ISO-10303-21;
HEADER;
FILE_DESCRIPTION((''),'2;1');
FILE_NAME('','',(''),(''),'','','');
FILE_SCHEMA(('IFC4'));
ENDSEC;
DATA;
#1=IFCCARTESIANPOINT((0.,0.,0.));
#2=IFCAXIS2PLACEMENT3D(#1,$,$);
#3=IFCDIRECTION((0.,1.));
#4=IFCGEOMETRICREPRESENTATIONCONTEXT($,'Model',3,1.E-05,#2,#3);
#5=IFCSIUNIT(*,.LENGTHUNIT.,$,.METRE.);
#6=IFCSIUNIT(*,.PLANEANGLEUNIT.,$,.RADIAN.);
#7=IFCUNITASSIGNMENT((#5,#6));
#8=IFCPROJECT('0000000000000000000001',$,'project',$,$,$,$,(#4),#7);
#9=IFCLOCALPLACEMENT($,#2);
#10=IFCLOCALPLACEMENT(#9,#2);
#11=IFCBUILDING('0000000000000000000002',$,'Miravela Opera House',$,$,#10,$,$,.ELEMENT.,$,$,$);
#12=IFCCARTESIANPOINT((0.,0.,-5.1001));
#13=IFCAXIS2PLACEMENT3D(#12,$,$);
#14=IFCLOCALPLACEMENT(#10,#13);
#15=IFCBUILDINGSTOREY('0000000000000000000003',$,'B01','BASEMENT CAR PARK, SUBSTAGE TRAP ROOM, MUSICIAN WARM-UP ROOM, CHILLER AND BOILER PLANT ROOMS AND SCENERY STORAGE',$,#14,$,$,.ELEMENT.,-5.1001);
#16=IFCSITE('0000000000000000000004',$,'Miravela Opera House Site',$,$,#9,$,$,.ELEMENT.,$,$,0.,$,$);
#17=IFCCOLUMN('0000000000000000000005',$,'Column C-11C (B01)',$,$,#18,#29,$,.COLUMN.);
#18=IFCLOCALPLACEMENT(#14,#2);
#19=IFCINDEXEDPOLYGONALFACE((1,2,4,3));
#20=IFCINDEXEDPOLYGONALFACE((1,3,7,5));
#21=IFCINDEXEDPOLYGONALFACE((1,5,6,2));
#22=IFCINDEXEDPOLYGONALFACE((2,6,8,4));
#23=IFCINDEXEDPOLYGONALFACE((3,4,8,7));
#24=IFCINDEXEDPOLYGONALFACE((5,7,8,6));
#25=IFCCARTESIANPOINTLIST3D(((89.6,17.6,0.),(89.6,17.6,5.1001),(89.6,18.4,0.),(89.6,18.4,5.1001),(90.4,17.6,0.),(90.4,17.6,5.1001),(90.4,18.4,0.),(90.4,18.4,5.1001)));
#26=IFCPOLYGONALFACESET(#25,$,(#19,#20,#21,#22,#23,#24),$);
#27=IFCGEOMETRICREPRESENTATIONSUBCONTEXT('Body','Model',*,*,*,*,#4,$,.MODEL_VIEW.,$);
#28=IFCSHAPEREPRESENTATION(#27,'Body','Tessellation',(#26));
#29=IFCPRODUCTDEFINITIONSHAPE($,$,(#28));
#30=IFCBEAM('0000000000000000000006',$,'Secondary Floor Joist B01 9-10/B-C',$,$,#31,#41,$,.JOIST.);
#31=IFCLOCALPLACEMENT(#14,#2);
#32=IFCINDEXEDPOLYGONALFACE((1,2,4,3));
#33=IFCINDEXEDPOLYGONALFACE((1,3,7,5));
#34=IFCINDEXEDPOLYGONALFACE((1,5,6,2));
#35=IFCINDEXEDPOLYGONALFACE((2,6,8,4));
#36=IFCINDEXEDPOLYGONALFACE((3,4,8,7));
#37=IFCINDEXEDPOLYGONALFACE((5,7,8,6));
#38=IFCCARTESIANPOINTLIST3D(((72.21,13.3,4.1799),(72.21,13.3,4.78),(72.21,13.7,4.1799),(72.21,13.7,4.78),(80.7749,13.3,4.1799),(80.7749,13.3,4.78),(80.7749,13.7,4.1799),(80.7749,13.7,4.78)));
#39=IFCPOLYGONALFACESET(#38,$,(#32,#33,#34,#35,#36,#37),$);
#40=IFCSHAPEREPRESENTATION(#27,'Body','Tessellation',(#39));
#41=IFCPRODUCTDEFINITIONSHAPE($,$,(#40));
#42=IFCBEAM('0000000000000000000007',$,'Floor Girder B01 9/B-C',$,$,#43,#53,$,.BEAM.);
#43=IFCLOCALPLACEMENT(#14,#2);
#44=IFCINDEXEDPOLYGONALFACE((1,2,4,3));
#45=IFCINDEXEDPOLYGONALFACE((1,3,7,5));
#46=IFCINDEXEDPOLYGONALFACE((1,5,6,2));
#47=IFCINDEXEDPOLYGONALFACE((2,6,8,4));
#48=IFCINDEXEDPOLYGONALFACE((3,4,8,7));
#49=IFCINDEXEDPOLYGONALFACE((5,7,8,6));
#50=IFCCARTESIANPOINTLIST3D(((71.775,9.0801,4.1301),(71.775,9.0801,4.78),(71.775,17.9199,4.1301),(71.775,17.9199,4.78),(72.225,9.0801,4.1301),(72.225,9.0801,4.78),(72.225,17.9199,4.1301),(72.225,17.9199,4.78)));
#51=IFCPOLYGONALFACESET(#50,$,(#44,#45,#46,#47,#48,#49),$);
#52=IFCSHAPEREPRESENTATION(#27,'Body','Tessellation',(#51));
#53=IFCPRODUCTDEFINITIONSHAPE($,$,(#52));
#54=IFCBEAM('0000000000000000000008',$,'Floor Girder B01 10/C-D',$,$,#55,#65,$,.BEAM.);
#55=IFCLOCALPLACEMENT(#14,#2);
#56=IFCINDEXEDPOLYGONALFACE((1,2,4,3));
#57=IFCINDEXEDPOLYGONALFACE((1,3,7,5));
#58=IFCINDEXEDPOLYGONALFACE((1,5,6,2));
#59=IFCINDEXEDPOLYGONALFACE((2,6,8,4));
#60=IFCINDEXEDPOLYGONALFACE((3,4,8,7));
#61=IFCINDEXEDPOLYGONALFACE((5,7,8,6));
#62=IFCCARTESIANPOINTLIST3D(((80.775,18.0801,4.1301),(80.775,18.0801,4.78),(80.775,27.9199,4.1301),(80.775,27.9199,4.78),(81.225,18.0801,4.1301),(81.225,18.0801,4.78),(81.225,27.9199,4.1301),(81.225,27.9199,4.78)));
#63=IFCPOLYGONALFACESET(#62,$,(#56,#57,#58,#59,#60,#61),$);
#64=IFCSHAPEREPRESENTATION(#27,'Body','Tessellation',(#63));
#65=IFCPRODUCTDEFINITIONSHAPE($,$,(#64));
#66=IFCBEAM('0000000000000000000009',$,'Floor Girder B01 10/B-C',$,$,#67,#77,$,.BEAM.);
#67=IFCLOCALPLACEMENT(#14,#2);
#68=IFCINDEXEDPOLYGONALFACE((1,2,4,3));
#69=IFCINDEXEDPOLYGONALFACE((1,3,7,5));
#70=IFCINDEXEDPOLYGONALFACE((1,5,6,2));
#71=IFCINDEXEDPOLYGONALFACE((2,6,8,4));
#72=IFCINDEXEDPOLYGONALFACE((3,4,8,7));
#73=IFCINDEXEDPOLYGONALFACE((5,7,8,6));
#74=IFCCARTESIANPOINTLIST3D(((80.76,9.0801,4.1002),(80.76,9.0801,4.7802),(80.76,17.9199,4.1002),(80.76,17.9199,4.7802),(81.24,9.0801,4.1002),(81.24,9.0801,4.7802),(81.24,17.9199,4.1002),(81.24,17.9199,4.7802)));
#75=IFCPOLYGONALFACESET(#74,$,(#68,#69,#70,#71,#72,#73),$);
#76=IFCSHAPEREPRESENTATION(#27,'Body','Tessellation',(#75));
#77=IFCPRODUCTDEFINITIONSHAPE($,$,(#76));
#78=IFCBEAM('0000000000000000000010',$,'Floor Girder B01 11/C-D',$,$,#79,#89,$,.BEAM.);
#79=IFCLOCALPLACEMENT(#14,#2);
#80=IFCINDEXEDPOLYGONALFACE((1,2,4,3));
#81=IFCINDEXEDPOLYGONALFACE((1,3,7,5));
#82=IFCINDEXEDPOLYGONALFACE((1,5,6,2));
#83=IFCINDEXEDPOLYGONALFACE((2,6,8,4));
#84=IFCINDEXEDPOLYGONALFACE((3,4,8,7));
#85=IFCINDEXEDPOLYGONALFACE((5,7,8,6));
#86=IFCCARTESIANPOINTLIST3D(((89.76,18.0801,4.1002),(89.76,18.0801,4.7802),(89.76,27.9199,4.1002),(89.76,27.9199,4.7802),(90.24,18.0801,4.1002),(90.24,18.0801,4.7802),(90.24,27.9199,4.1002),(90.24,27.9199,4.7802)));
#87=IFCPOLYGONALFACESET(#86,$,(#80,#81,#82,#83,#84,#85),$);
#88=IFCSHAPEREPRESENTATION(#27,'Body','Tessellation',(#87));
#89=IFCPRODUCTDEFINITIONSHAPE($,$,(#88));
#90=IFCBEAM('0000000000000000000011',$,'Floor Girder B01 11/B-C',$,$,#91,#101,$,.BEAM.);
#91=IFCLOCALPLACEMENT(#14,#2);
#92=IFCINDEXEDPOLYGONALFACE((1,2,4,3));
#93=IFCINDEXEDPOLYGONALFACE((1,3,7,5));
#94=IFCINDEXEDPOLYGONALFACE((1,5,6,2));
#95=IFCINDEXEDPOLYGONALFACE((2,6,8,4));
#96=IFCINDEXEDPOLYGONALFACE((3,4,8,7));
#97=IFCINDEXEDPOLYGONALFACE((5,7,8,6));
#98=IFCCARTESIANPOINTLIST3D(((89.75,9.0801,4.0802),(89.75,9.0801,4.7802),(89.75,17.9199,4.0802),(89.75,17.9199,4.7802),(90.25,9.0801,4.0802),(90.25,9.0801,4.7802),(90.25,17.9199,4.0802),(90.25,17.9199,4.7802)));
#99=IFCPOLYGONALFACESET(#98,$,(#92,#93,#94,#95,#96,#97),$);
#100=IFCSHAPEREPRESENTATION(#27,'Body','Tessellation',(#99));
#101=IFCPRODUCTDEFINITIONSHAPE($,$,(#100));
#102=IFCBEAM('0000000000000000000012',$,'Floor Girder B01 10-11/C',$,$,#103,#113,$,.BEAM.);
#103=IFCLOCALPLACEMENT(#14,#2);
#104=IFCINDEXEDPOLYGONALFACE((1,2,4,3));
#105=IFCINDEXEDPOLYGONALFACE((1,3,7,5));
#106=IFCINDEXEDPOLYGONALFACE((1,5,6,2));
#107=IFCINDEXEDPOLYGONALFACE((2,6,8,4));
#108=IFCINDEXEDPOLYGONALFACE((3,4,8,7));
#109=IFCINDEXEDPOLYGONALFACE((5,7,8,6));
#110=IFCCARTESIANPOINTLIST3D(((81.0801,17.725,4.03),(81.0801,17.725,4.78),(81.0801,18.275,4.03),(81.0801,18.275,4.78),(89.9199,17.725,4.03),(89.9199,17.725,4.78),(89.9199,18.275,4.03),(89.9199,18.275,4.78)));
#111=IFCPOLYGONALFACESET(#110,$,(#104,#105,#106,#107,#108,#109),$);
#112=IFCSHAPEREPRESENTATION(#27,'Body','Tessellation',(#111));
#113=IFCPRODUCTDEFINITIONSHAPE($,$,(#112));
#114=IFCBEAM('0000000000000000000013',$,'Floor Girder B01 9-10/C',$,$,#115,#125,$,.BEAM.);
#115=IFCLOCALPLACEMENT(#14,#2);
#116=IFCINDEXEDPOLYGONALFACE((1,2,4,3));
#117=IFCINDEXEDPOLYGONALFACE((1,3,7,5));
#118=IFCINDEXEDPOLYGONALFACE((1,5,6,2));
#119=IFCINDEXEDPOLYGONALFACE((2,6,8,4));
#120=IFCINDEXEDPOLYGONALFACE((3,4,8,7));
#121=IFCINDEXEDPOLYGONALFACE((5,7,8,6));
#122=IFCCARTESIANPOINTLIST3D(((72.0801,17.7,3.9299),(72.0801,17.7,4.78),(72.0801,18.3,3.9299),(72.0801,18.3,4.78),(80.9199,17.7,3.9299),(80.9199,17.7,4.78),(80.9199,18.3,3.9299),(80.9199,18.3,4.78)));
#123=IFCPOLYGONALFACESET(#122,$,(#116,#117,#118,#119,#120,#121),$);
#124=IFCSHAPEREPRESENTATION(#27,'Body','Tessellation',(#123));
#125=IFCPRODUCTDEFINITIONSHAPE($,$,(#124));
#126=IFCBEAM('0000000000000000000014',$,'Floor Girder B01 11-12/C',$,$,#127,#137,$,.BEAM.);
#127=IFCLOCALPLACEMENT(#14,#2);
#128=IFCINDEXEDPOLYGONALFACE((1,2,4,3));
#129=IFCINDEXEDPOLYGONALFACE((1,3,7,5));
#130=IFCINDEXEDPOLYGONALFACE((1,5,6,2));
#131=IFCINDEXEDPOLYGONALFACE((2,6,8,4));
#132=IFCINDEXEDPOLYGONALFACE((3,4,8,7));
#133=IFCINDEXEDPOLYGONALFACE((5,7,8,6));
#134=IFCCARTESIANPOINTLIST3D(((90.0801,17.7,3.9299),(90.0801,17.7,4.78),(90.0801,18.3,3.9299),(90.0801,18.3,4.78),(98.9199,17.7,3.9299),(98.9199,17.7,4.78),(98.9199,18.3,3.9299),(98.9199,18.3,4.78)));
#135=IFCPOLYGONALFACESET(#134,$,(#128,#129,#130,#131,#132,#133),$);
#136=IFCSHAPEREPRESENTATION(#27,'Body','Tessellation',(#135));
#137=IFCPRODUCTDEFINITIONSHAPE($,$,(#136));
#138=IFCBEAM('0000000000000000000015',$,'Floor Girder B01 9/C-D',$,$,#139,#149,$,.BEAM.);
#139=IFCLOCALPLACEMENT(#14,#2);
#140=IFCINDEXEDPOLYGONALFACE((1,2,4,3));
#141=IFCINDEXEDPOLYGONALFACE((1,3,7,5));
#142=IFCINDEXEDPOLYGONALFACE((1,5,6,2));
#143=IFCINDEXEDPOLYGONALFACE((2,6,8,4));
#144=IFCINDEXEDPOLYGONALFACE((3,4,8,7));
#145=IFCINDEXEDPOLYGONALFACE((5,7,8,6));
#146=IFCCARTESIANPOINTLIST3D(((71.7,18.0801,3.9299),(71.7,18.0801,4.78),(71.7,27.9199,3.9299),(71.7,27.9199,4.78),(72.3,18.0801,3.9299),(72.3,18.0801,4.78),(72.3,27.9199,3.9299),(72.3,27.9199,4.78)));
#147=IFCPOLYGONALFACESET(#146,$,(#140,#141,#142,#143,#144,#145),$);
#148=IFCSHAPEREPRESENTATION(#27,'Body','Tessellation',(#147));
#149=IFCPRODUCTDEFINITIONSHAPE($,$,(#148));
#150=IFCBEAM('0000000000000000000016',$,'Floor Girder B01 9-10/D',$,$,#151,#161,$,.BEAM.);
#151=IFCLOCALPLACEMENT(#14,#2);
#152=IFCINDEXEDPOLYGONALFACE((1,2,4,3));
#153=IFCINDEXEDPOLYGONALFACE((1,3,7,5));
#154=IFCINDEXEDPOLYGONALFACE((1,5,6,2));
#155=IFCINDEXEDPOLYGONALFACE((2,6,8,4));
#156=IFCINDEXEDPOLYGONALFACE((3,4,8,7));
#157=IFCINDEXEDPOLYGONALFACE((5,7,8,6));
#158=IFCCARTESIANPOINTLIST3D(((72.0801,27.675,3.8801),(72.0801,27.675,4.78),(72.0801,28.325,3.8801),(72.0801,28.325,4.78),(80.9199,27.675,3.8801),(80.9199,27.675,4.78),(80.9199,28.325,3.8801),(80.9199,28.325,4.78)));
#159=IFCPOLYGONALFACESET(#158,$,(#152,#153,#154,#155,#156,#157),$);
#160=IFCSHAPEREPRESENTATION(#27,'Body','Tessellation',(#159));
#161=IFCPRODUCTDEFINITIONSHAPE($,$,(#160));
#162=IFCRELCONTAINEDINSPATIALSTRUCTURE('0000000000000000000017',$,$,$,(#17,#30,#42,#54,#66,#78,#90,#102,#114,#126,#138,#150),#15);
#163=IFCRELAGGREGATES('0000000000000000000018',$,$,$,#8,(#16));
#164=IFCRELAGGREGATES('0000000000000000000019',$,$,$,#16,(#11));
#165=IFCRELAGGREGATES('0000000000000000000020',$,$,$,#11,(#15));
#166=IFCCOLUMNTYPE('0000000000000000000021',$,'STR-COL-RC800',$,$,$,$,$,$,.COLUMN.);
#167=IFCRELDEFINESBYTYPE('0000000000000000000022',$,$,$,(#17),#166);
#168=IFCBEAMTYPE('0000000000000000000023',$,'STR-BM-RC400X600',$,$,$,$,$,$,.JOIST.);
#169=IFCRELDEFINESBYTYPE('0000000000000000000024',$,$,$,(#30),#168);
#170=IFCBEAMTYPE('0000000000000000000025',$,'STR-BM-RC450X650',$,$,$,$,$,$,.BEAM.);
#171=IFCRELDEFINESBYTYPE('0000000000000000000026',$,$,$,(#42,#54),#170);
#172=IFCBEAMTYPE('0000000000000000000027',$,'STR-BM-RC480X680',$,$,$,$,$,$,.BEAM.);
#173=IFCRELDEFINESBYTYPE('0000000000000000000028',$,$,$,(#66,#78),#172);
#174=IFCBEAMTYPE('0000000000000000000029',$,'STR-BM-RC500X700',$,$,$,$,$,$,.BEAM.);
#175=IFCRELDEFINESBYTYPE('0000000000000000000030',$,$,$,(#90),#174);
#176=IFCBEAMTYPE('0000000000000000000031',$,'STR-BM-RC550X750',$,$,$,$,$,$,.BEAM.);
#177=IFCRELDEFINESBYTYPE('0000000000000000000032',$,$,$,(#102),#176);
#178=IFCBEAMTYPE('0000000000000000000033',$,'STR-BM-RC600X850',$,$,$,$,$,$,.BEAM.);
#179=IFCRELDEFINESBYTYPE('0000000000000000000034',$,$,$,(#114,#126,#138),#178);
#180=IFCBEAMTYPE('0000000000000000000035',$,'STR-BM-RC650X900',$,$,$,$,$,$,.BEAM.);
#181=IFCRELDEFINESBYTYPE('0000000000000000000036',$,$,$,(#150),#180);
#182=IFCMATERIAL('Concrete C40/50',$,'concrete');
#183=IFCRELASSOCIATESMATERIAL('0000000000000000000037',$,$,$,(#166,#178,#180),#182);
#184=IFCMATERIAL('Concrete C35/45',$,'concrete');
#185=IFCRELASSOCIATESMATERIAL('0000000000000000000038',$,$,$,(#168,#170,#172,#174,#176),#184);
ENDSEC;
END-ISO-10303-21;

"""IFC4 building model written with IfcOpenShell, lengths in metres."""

from ifc_helpers import new_model, si_unit, direction, frame, origin, origin_2d, place, context, subcontext, project, spatial, rectangle, extrude, material, material_profile, profile_set, type_object, element, save


model = new_model("IFC4")

# Units and contexts
model_context = context("Model", 3, precision=1e-05, world=origin(), true_north=direction((0.0, 1.0)))
body_context = subcontext(model_context, "Body", "Model", "MODEL_VIEW")
ifc_project = project(units=[si_unit("LENGTHUNIT", "METRE"), si_unit("PLANEANGLEUNIT", "RADIAN")], contexts=[model_context])

# Site, building, storey
site_placement = place(None, origin())
site = spatial("IfcSite", under=ifc_project, at=site_placement, Name="Miravela Opera House Site", CompositionType="ELEMENT", RefElevation=0.0)
building_placement = place(site_placement, origin())
building = spatial("IfcBuilding", under=site, at=building_placement, Name="Miravela Opera House", CompositionType="ELEMENT")
storey_placement = place(building_placement, frame((0.0, 0.0, -5.1001)))
storey = spatial("IfcBuildingStorey", under=building, at=storey_placement, Name="B01", Description="BASEMENT CAR PARK, SUBSTAGE TRAP ROOM, MUSICIAN WARM-UP ROOM, CHILLER AND BOILER PLANT ROOMS AND SCENERY STORAGE", CompositionType="ELEMENT", Elevation=-5.1001)

# Shared definitions
ifc_material_1 = material(Name="Concrete C35/45", Category="concrete")

# Column
ifc_material_2 = material(Name="Concrete C40/50", Category="concrete")
ifc_material_profile_1 = material_profile(ifc_material_2, rectangle(XDim=0.8, YDim=0.8, at=origin_2d()), Name="RC-COL-800X800")
ifc_profile_set_1 = profile_set([ifc_material_profile_1])
column_type = type_object("IfcColumnType", Name="STR-COL-RC800", PredefinedType="COLUMN", material=ifc_profile_set_1)
for number, where, z_axis, x_axis, name in (
    (1, (90.0, 18.0, 0.0), (0.0, 0.0, 1.0), (1.0, 0.0, 0.0), "Column C-11C (B01)"),
):
    element("IfcColumn", number, at=place(storey_placement, frame(where, z_axis=z_axis, x_axis=x_axis)), inside=storey, type_object=column_type, Name=name, PredefinedType="COLUMN", context=body_context, shape_type="SweptSolid", body=[
        extrude(rectangle(XDim=0.8, YDim=0.8, at=origin_2d()), origin(), (0.0, 0.0, 1.0), 5.1001),
    ])

# Beams
ifc_material_profile_2 = material_profile(ifc_material_1, rectangle(XDim=0.3999, YDim=0.6001, at=origin_2d()), Name="RC-BM-400X600")
ifc_profile_set_2 = profile_set([ifc_material_profile_2])
beam_type_1 = type_object("IfcBeamType", Name="STR-BM-RC400X600", PredefinedType="JOIST", material=ifc_profile_set_2)
beam_1_placement = place(storey_placement, frame((72.21, 13.5, 4.48), z_axis=(1.0, 0.0, 0.0), x_axis=(0.0, 1.0, 0.0)))
element("IfcBeam", 2, at=beam_1_placement, inside=storey, type_object=beam_type_1, Name="Secondary Floor Joist B01 9-10/B-C", PredefinedType="JOIST", context=body_context, shape_type="SweptSolid", body=[
    extrude(rectangle(XDim=0.3999, YDim=0.6001, at=origin_2d()), origin(), (0.0, 0.0, 1.0), 8.5649),
])
ifc_material_profile_3 = material_profile(ifc_material_1, rectangle(XDim=0.45, YDim=0.6499, at=origin_2d()), Name="RC-BM-450X650")
ifc_profile_set_3 = profile_set([ifc_material_profile_3])
beam_type_2 = type_object("IfcBeamType", Name="STR-BM-RC450X650", PredefinedType="BEAM", material=ifc_profile_set_3)
beam_2_placement = place(storey_placement, frame((72.0, 9.0801, 4.4551), z_axis=(0.0, 1.0, 0.0), x_axis=(-1.0, 0.0, 0.0)))
element("IfcBeam", 3, at=beam_2_placement, inside=storey, type_object=beam_type_2, Name="Floor Girder B01 9/B-C", PredefinedType="BEAM", context=body_context, shape_type="SweptSolid", body=[
    extrude(rectangle(XDim=0.45, YDim=0.6499, at=origin_2d()), origin(), (0.0, 0.0, 1.0), 8.8398),
])
beam_3_placement = place(storey_placement, frame((81.0, 18.0801, 4.4551), z_axis=(0.0, 1.0, 0.0), x_axis=(-1.0, 0.0, 0.0)))
element("IfcBeam", 4, at=beam_3_placement, inside=storey, type_object=beam_type_2, Name="Floor Girder B01 10/C-D", PredefinedType="BEAM", context=body_context, shape_type="SweptSolid", body=[
    extrude(rectangle(XDim=0.45, YDim=0.6499, at=origin_2d()), origin(), (0.0, 0.0, 1.0), 9.8398),
])
ifc_material_profile_4 = material_profile(ifc_material_1, rectangle(XDim=0.48, YDim=0.6799, at=origin_2d()), Name="RC-BM-480X680")
ifc_profile_set_4 = profile_set([ifc_material_profile_4])
beam_type_3 = type_object("IfcBeamType", Name="STR-BM-RC480X680", PredefinedType="BEAM", material=ifc_profile_set_4)
beam_4_placement = place(storey_placement, frame((81.0, 9.0801, 4.4402), z_axis=(0.0, 1.0, 0.0), x_axis=(-1.0, 0.0, 0.0)))
element("IfcBeam", 5, at=beam_4_placement, inside=storey, type_object=beam_type_3, Name="Floor Girder B01 10/B-C", PredefinedType="BEAM", context=body_context, shape_type="SweptSolid", body=[
    extrude(rectangle(XDim=0.48, YDim=0.6799, at=origin_2d()), origin(), (0.0, 0.0, 1.0), 8.8398),
])
beam_5_placement = place(storey_placement, frame((90.0, 18.0801, 4.4402), z_axis=(0.0, 1.0, 0.0), x_axis=(-1.0, 0.0, 0.0)))
element("IfcBeam", 6, at=beam_5_placement, inside=storey, type_object=beam_type_3, Name="Floor Girder B01 11/C-D", PredefinedType="BEAM", context=body_context, shape_type="SweptSolid", body=[
    extrude(rectangle(XDim=0.48, YDim=0.6799, at=origin_2d()), origin(), (0.0, 0.0, 1.0), 9.8398),
])
ifc_material_profile_5 = material_profile(ifc_material_1, rectangle(XDim=0.5, YDim=0.7, at=origin_2d()), Name="RC-BM-500X700")
ifc_profile_set_5 = profile_set([ifc_material_profile_5])
beam_type_4 = type_object("IfcBeamType", Name="STR-BM-RC500X700", PredefinedType="BEAM", material=ifc_profile_set_5)
beam_6_placement = place(storey_placement, frame((90.0, 9.0801, 4.4302), z_axis=(0.0, 1.0, 0.0), x_axis=(-1.0, 0.0, 0.0)))
element("IfcBeam", 7, at=beam_6_placement, inside=storey, type_object=beam_type_4, Name="Floor Girder B01 11/B-C", PredefinedType="BEAM", context=body_context, shape_type="SweptSolid", body=[
    extrude(rectangle(XDim=0.5, YDim=0.7, at=origin_2d()), origin(), (0.0, 0.0, 1.0), 8.8398),
])
ifc_material_profile_6 = material_profile(ifc_material_1, rectangle(XDim=0.55, YDim=0.75, at=origin_2d()), Name="RC-BM-550X750")
ifc_profile_set_6 = profile_set([ifc_material_profile_6])
beam_type_5 = type_object("IfcBeamType", Name="STR-BM-RC550X750", PredefinedType="BEAM", material=ifc_profile_set_6)
beam_7_placement = place(storey_placement, frame((81.0801, 18.0, 4.405), z_axis=(1.0, 0.0, 0.0), x_axis=(0.0, 1.0, 0.0)))
element("IfcBeam", 8, at=beam_7_placement, inside=storey, type_object=beam_type_5, Name="Floor Girder B01 10-11/C", PredefinedType="BEAM", context=body_context, shape_type="SweptSolid", body=[
    extrude(rectangle(XDim=0.55, YDim=0.75, at=origin_2d()), origin(), (0.0, 0.0, 1.0), 8.8398),
])
ifc_material_profile_7 = material_profile(ifc_material_2, rectangle(XDim=0.6001, YDim=0.8501, at=origin_2d()), Name="RC-BM-600X850")
ifc_profile_set_7 = profile_set([ifc_material_profile_7])
beam_type_6 = type_object("IfcBeamType", Name="STR-BM-RC600X850", PredefinedType="BEAM", material=ifc_profile_set_7)
for number, where, z_axis, x_axis, name in (
    (9, (72.0801, 18.0, 4.355), (1.0, 0.0, 0.0), (0.0, 1.0, 0.0), "Floor Girder B01 9-10/C"),
    (10, (90.0801, 18.0, 4.355), (1.0, 0.0, 0.0), (0.0, 1.0, 0.0), "Floor Girder B01 11-12/C"),
):
    element("IfcBeam", number, at=place(storey_placement, frame(where, z_axis=z_axis, x_axis=x_axis)), inside=storey, type_object=beam_type_6, Name=name, PredefinedType="BEAM", context=body_context, shape_type="SweptSolid", body=[
        extrude(rectangle(XDim=0.6001, YDim=0.8501, at=origin_2d()), origin(), (0.0, 0.0, 1.0), 8.8398),
    ])
beam_8_placement = place(storey_placement, frame((72.0, 18.0801, 4.355), z_axis=(0.0, 1.0, 0.0), x_axis=(-1.0, 0.0, 0.0)))
element("IfcBeam", 11, at=beam_8_placement, inside=storey, type_object=beam_type_6, Name="Floor Girder B01 9/C-D", PredefinedType="BEAM", context=body_context, shape_type="SweptSolid", body=[
    extrude(rectangle(XDim=0.6001, YDim=0.8501, at=origin_2d()), origin(), (0.0, 0.0, 1.0), 9.8398),
])
ifc_material_profile_8 = material_profile(ifc_material_2, rectangle(XDim=0.6499, YDim=0.8999, at=origin_2d()), Name="RC-BM-650X900")
ifc_profile_set_8 = profile_set([ifc_material_profile_8])
beam_type_7 = type_object("IfcBeamType", Name="STR-BM-RC650X900", PredefinedType="BEAM", material=ifc_profile_set_8)
beam_9_placement = place(storey_placement, frame((72.0801, 28.0, 4.3301), z_axis=(1.0, 0.0, 0.0), x_axis=(0.0, 1.0, 0.0)))
element("IfcBeam", 12, at=beam_9_placement, inside=storey, type_object=beam_type_7, Name="Floor Girder B01 9-10/D", PredefinedType="BEAM", context=body_context, shape_type="SweptSolid", body=[
    extrude(rectangle(XDim=0.6499, YDim=0.8999, at=origin_2d()), origin(), (0.0, 0.0, 1.0), 8.8398),
])

save(model, "model.ifc")
